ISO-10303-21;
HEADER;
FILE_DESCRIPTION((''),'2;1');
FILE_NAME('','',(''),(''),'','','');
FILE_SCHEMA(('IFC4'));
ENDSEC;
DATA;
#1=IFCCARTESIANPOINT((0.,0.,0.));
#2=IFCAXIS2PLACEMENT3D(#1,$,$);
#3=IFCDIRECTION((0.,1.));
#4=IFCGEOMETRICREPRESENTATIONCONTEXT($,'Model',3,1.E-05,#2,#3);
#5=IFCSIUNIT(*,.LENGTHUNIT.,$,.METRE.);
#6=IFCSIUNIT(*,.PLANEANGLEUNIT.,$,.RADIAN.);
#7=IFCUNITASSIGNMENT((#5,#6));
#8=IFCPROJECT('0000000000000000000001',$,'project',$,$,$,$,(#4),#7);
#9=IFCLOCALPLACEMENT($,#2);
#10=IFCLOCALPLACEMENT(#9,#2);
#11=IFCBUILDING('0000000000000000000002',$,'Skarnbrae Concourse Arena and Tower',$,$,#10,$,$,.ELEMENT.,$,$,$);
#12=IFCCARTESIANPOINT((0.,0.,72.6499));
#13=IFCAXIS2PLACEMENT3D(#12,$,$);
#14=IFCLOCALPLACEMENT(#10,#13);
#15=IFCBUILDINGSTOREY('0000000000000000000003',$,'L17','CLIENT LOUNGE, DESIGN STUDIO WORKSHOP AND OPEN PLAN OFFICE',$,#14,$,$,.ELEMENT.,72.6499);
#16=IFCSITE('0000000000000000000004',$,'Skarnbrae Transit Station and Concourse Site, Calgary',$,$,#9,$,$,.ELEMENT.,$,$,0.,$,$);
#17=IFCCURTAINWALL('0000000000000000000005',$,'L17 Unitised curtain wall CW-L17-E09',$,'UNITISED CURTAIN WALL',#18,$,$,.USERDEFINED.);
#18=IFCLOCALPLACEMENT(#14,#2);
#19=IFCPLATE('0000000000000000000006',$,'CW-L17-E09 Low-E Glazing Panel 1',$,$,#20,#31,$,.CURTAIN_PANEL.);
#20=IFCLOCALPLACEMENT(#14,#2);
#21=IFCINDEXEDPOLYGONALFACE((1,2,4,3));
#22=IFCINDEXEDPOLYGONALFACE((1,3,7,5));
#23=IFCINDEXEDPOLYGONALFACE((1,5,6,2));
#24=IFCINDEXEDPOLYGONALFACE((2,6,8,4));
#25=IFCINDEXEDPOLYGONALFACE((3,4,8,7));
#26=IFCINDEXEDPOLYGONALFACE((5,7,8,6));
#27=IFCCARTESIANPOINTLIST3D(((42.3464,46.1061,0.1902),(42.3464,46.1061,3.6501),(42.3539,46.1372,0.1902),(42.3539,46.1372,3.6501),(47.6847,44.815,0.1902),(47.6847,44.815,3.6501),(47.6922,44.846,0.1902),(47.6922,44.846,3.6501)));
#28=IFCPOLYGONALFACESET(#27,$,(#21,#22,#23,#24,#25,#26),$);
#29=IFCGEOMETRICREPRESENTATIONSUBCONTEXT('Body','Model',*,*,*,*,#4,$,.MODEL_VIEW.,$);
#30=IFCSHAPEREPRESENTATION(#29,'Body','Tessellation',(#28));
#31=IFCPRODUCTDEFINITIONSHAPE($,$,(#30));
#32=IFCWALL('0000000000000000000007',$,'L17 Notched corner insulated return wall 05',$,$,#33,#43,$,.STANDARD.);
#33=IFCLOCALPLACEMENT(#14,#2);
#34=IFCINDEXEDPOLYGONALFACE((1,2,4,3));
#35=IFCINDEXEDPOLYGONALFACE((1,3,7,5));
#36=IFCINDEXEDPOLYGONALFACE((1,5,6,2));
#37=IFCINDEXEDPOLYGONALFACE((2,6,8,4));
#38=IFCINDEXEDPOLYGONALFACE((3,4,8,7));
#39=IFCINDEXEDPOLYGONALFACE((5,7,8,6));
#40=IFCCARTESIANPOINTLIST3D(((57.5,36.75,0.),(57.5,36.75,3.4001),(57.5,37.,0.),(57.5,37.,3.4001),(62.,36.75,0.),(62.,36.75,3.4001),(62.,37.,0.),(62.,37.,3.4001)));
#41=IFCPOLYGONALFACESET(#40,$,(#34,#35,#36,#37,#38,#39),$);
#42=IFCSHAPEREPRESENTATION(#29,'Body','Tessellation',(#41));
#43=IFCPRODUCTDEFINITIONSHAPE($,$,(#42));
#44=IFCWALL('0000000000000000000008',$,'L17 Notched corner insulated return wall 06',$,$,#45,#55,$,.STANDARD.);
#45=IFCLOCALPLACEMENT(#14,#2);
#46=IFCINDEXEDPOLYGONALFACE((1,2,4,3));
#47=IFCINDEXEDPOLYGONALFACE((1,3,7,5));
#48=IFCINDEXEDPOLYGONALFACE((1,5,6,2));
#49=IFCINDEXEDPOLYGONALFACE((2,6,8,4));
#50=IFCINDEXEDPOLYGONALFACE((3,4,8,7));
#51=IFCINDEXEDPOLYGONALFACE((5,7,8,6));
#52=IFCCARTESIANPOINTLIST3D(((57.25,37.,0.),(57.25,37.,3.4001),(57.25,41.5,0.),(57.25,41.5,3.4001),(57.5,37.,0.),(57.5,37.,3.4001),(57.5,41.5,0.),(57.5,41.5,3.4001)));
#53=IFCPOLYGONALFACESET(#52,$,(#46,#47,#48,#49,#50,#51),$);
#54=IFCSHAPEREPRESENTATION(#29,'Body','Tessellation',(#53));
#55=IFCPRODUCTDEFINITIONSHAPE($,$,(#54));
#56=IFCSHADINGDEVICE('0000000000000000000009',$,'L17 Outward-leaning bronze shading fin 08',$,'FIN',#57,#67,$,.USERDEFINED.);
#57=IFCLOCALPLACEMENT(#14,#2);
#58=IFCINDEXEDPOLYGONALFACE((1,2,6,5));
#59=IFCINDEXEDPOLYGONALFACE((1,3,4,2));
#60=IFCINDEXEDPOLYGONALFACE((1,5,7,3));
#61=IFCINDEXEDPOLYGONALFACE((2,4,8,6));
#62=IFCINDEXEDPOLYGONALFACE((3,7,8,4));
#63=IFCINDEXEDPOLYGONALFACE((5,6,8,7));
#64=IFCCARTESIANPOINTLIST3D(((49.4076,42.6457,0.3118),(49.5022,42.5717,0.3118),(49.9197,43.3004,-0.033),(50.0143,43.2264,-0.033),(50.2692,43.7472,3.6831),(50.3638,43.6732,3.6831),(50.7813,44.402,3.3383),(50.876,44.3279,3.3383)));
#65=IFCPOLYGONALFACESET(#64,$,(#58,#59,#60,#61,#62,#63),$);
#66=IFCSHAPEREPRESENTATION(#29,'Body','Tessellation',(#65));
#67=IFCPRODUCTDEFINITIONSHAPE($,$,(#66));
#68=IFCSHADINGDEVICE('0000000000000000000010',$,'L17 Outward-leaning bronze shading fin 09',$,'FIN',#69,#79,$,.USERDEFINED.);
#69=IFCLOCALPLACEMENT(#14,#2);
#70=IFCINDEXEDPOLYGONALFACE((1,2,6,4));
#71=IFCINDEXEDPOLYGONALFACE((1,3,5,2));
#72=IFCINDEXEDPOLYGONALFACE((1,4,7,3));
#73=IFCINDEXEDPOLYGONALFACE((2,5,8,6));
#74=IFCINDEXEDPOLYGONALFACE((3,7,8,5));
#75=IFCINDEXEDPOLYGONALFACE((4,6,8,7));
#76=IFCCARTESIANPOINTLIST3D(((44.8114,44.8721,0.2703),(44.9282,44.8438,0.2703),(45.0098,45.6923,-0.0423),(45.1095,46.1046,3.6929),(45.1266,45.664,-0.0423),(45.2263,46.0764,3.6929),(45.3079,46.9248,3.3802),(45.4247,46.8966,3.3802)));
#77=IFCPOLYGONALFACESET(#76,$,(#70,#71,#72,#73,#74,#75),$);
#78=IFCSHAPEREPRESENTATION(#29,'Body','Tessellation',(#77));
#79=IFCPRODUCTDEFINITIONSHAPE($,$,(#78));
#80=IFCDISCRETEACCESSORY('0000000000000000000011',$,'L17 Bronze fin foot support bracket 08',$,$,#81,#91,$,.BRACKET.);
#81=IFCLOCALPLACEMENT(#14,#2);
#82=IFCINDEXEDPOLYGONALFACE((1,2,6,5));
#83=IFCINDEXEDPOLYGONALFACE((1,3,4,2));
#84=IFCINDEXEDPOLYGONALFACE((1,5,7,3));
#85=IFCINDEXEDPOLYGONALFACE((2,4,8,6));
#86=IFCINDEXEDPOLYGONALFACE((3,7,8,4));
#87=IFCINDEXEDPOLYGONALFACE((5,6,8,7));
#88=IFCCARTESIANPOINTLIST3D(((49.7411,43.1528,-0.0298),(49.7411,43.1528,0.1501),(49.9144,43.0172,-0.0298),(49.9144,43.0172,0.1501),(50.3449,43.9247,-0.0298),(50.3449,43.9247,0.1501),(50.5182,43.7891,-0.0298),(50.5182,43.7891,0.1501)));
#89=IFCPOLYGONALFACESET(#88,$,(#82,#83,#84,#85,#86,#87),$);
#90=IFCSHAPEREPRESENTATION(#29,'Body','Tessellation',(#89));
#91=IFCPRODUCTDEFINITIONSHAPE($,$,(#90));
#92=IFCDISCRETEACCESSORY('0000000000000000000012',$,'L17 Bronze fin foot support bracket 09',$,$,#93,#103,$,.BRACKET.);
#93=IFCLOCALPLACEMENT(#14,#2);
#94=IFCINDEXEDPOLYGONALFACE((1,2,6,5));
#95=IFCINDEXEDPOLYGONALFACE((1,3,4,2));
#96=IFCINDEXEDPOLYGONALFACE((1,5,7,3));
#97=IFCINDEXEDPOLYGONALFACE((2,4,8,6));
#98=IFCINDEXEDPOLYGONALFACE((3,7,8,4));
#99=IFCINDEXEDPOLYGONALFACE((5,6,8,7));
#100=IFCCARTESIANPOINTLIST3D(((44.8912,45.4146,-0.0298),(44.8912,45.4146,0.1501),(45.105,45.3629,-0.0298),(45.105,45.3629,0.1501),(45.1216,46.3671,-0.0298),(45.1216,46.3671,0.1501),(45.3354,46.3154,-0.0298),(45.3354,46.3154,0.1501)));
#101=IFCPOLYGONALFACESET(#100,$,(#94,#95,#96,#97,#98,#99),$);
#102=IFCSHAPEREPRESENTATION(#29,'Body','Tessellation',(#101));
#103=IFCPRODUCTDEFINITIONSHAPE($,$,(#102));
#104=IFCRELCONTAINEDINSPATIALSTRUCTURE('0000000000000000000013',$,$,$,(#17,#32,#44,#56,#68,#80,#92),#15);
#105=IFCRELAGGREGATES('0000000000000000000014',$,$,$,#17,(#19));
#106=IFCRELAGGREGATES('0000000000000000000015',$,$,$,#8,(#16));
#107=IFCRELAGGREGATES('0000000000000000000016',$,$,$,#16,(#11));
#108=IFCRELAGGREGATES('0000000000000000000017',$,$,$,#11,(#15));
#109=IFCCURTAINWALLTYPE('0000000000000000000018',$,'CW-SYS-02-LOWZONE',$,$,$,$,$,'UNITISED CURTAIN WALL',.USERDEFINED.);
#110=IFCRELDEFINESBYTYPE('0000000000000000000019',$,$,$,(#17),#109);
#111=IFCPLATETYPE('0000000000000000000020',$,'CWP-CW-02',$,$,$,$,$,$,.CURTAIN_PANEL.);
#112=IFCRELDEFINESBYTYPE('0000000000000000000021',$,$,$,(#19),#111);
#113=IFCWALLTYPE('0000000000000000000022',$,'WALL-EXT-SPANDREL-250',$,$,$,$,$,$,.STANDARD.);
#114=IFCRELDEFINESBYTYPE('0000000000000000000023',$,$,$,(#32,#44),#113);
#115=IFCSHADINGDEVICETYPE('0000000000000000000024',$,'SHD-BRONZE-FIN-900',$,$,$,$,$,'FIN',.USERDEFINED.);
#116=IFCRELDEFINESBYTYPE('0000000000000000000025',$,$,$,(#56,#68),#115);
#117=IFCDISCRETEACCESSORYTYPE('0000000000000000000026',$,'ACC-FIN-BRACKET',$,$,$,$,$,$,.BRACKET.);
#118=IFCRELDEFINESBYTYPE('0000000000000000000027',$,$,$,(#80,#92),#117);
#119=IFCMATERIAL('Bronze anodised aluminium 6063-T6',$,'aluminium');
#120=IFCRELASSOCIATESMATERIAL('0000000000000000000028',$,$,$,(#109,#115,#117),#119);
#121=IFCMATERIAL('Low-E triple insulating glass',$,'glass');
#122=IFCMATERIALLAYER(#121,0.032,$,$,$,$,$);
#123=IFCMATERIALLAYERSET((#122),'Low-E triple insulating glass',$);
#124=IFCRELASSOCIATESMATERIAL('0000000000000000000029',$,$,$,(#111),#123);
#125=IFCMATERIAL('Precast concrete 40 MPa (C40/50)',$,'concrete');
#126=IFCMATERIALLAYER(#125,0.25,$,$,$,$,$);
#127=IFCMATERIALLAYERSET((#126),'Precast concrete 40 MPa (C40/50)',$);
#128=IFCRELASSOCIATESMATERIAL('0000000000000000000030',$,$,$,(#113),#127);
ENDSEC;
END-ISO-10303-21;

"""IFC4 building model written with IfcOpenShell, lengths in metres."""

from ifc_helpers import new_model, si_unit, direction, frame, frame_2d, origin, origin_2d, place, context, subcontext, project, spatial, rectangle, extrude, source, transform, mapped, material, layer, layer_set, type_object, element, aggregate, save


model = new_model("IFC4")

# Units and contexts
model_context = context("Model", 3, precision=1e-05, world=origin(), true_north=direction((0.0, 1.0)))
body_context = subcontext(model_context, "Body", "Model", "MODEL_VIEW")
ifc_project = project(units=[si_unit("LENGTHUNIT", "METRE"), si_unit("PLANEANGLEUNIT", "RADIAN")], contexts=[model_context])

# Site, building, storey
site_placement = place(None, origin())
site = spatial("IfcSite", under=ifc_project, at=site_placement, Name="Skarnbrae Transit Station and Concourse Site, Calgary", CompositionType="ELEMENT", RefElevation=0.0)
building_placement = place(site_placement, origin())
building = spatial("IfcBuilding", under=site, at=building_placement, Name="Skarnbrae Concourse Arena and Tower", CompositionType="ELEMENT")
storey_placement = place(building_placement, frame((0.0, 0.0, 72.6499)))
storey = spatial("IfcBuildingStorey", under=building, at=storey_placement, Name="L17", Description="CLIENT LOUNGE, DESIGN STUDIO WORKSHOP AND OPEN PLAN OFFICE", CompositionType="ELEMENT", Elevation=72.6499)

# Curtain wall
ifc_material_1 = material(Name="Bronze anodised aluminium 6063-T6", Category="aluminium")
curtain_wall_type = type_object("IfcCurtainWallType", Name="CW-SYS-02-LOWZONE", ElementType="UNITISED CURTAIN WALL", PredefinedType="USERDEFINED", material=ifc_material_1)
curtain_wall_1_placement = place(storey_placement, origin())
curtain_wall_1 = element("IfcCurtainWall", 1, at=curtain_wall_1_placement, inside=storey, type_object=curtain_wall_type, Name="L17 Unitised curtain wall CW-L17-E09", ObjectType="UNITISED CURTAIN WALL", PredefinedType="USERDEFINED")

# Plate
ifc_material_2 = material(Name="Low-E triple insulating glass", Category="glass")
ifc_layer_1 = layer(ifc_material_2, 0.032)
ifc_layer_set_1 = layer_set([ifc_layer_1], Name="Low-E triple insulating glass")
plate_type = type_object("IfcPlateType", Name="CWP-CW-02", PredefinedType="CURTAIN_PANEL", material=ifc_layer_set_1)
shared_shape_1 = source(origin(), body_context, "Body", "SweptSolid", [
    extrude(rectangle(XDim=5.4922, YDim=0.032, at=origin_2d()), origin(), (0.0, 0.0, 1.0), 3.46),
])
plate_1_placement = place(storey_placement, frame((45.0193, 45.4761, 0.1902), z_axis=(0.0, 0.0, 1.0), x_axis=(-0.971974, 0.23509, 0.0)))
plate_1 = element("IfcPlate", 2, at=plate_1_placement, type_object=plate_type, Name="CW-L17-E09 Low-E Glazing Panel 1", PredefinedType="CURTAIN_PANEL", context=body_context, shape_type="MappedRepresentation", body=[
    mapped(shared_shape_1, transform((0.0, 0.0, 0.0))),
])
aggregate(curtain_wall_1, [plate_1])

# Walls
ifc_material_3 = material(Name="Precast concrete 40 MPa (C40/50)", Category="concrete")
ifc_layer_2 = layer(ifc_material_3, 0.25)
ifc_layer_set_2 = layer_set([ifc_layer_2], Name="Precast concrete 40 MPa (C40/50)")
wall_type = type_object("IfcWallType", Name="WALL-EXT-SPANDREL-250", PredefinedType="STANDARD", material=ifc_layer_set_2)
shared_shape_2 = source(origin(), body_context, "Body", "SweptSolid", [
    extrude(rectangle(XDim=4.5, YDim=0.25, at=frame_2d((2.25, 0.0))), origin(), (0.0, 0.0, 1.0), 3.4001),
])
for number, where, z_axis, x_axis, name in (
    (3, (62.0, 36.875, 0.0), (0.0, 0.0, 1.0), (-1.0, 0.0, 0.0), "L17 Notched corner insulated return wall 05"),
    (4, (57.375, 37.0, 0.0), (0.0, 0.0, 1.0), (0.0, 1.0, 0.0), "L17 Notched corner insulated return wall 06"),
):
    element("IfcWall", number, at=place(storey_placement, frame(where, z_axis=z_axis, x_axis=x_axis)), inside=storey, type_object=wall_type, Name=name, PredefinedType="STANDARD", context=body_context, shape_type="MappedRepresentation", body=[
        mapped(shared_shape_2, transform((0.0, 0.0, 0.0))),
    ])

# Shading devices
shading_device_type = type_object("IfcShadingDeviceType", Name="SHD-BRONZE-FIN-900", ElementType="FIN", PredefinedType="USERDEFINED", material=ifc_material_1)
shared_shape_3 = source(origin(), body_context, "Body", "SweptSolid", [
    extrude(rectangle(XDim=0.1201, YDim=0.8999, at=origin_2d()), origin(), (0.0, 0.0, 1.0), 3.6499),
])
for number, where, z_axis, x_axis, name in (
    (5, (49.7109, 42.936, 0.1394), (0.236075, 0.301804, 0.923679), (0.787656, -0.616115, 0.0), "L17 Outward-leaning bronze shading fin 08"),
    (6, (44.969, 45.2681, 0.114), (0.081677, 0.337689, 0.937707), (0.971973, -0.235091, 0.0), "L17 Outward-leaning bronze shading fin 09"),
):
    element("IfcShadingDevice", number, at=place(storey_placement, frame(where, z_axis=z_axis, x_axis=x_axis)), inside=storey, type_object=shading_device_type, Name=name, ObjectType="FIN", PredefinedType="USERDEFINED", context=body_context, shape_type="MappedRepresentation", body=[
        mapped(shared_shape_3, transform((0.0, 0.0, 0.0))),
    ])

# Discrete accessories
discrete_accessory_type = type_object("IfcDiscreteAccessoryType", Name="ACC-FIN-BRACKET", PredefinedType="BRACKET", material=ifc_material_1)
shared_shape_4 = source(origin(), body_context, "Body", "SweptSolid", [
    extrude(rectangle(XDim=0.22, YDim=0.98, at=origin_2d()), origin(), (0.0, 0.0, 1.0), 0.1799),
])
for number, where, z_axis, x_axis, name in (
    (7, (50.1296, 43.4709, -0.0298), (0.0, 0.0, 1.0), (0.787656, -0.616115, 0.0), "L17 Bronze fin foot support bracket 08"),
    (8, (45.1133, 45.865, -0.0298), (0.0, 0.0, 1.0), (0.971973, -0.235091, 0.0), "L17 Bronze fin foot support bracket 09"),
):
    element("IfcDiscreteAccessory", number, at=place(storey_placement, frame(where, z_axis=z_axis, x_axis=x_axis)), inside=storey, type_object=discrete_accessory_type, Name=name, PredefinedType="BRACKET", context=body_context, shape_type="MappedRepresentation", body=[
        mapped(shared_shape_4, transform((0.0, 0.0, 0.0))),
    ])

save(model, "model.ifc")
